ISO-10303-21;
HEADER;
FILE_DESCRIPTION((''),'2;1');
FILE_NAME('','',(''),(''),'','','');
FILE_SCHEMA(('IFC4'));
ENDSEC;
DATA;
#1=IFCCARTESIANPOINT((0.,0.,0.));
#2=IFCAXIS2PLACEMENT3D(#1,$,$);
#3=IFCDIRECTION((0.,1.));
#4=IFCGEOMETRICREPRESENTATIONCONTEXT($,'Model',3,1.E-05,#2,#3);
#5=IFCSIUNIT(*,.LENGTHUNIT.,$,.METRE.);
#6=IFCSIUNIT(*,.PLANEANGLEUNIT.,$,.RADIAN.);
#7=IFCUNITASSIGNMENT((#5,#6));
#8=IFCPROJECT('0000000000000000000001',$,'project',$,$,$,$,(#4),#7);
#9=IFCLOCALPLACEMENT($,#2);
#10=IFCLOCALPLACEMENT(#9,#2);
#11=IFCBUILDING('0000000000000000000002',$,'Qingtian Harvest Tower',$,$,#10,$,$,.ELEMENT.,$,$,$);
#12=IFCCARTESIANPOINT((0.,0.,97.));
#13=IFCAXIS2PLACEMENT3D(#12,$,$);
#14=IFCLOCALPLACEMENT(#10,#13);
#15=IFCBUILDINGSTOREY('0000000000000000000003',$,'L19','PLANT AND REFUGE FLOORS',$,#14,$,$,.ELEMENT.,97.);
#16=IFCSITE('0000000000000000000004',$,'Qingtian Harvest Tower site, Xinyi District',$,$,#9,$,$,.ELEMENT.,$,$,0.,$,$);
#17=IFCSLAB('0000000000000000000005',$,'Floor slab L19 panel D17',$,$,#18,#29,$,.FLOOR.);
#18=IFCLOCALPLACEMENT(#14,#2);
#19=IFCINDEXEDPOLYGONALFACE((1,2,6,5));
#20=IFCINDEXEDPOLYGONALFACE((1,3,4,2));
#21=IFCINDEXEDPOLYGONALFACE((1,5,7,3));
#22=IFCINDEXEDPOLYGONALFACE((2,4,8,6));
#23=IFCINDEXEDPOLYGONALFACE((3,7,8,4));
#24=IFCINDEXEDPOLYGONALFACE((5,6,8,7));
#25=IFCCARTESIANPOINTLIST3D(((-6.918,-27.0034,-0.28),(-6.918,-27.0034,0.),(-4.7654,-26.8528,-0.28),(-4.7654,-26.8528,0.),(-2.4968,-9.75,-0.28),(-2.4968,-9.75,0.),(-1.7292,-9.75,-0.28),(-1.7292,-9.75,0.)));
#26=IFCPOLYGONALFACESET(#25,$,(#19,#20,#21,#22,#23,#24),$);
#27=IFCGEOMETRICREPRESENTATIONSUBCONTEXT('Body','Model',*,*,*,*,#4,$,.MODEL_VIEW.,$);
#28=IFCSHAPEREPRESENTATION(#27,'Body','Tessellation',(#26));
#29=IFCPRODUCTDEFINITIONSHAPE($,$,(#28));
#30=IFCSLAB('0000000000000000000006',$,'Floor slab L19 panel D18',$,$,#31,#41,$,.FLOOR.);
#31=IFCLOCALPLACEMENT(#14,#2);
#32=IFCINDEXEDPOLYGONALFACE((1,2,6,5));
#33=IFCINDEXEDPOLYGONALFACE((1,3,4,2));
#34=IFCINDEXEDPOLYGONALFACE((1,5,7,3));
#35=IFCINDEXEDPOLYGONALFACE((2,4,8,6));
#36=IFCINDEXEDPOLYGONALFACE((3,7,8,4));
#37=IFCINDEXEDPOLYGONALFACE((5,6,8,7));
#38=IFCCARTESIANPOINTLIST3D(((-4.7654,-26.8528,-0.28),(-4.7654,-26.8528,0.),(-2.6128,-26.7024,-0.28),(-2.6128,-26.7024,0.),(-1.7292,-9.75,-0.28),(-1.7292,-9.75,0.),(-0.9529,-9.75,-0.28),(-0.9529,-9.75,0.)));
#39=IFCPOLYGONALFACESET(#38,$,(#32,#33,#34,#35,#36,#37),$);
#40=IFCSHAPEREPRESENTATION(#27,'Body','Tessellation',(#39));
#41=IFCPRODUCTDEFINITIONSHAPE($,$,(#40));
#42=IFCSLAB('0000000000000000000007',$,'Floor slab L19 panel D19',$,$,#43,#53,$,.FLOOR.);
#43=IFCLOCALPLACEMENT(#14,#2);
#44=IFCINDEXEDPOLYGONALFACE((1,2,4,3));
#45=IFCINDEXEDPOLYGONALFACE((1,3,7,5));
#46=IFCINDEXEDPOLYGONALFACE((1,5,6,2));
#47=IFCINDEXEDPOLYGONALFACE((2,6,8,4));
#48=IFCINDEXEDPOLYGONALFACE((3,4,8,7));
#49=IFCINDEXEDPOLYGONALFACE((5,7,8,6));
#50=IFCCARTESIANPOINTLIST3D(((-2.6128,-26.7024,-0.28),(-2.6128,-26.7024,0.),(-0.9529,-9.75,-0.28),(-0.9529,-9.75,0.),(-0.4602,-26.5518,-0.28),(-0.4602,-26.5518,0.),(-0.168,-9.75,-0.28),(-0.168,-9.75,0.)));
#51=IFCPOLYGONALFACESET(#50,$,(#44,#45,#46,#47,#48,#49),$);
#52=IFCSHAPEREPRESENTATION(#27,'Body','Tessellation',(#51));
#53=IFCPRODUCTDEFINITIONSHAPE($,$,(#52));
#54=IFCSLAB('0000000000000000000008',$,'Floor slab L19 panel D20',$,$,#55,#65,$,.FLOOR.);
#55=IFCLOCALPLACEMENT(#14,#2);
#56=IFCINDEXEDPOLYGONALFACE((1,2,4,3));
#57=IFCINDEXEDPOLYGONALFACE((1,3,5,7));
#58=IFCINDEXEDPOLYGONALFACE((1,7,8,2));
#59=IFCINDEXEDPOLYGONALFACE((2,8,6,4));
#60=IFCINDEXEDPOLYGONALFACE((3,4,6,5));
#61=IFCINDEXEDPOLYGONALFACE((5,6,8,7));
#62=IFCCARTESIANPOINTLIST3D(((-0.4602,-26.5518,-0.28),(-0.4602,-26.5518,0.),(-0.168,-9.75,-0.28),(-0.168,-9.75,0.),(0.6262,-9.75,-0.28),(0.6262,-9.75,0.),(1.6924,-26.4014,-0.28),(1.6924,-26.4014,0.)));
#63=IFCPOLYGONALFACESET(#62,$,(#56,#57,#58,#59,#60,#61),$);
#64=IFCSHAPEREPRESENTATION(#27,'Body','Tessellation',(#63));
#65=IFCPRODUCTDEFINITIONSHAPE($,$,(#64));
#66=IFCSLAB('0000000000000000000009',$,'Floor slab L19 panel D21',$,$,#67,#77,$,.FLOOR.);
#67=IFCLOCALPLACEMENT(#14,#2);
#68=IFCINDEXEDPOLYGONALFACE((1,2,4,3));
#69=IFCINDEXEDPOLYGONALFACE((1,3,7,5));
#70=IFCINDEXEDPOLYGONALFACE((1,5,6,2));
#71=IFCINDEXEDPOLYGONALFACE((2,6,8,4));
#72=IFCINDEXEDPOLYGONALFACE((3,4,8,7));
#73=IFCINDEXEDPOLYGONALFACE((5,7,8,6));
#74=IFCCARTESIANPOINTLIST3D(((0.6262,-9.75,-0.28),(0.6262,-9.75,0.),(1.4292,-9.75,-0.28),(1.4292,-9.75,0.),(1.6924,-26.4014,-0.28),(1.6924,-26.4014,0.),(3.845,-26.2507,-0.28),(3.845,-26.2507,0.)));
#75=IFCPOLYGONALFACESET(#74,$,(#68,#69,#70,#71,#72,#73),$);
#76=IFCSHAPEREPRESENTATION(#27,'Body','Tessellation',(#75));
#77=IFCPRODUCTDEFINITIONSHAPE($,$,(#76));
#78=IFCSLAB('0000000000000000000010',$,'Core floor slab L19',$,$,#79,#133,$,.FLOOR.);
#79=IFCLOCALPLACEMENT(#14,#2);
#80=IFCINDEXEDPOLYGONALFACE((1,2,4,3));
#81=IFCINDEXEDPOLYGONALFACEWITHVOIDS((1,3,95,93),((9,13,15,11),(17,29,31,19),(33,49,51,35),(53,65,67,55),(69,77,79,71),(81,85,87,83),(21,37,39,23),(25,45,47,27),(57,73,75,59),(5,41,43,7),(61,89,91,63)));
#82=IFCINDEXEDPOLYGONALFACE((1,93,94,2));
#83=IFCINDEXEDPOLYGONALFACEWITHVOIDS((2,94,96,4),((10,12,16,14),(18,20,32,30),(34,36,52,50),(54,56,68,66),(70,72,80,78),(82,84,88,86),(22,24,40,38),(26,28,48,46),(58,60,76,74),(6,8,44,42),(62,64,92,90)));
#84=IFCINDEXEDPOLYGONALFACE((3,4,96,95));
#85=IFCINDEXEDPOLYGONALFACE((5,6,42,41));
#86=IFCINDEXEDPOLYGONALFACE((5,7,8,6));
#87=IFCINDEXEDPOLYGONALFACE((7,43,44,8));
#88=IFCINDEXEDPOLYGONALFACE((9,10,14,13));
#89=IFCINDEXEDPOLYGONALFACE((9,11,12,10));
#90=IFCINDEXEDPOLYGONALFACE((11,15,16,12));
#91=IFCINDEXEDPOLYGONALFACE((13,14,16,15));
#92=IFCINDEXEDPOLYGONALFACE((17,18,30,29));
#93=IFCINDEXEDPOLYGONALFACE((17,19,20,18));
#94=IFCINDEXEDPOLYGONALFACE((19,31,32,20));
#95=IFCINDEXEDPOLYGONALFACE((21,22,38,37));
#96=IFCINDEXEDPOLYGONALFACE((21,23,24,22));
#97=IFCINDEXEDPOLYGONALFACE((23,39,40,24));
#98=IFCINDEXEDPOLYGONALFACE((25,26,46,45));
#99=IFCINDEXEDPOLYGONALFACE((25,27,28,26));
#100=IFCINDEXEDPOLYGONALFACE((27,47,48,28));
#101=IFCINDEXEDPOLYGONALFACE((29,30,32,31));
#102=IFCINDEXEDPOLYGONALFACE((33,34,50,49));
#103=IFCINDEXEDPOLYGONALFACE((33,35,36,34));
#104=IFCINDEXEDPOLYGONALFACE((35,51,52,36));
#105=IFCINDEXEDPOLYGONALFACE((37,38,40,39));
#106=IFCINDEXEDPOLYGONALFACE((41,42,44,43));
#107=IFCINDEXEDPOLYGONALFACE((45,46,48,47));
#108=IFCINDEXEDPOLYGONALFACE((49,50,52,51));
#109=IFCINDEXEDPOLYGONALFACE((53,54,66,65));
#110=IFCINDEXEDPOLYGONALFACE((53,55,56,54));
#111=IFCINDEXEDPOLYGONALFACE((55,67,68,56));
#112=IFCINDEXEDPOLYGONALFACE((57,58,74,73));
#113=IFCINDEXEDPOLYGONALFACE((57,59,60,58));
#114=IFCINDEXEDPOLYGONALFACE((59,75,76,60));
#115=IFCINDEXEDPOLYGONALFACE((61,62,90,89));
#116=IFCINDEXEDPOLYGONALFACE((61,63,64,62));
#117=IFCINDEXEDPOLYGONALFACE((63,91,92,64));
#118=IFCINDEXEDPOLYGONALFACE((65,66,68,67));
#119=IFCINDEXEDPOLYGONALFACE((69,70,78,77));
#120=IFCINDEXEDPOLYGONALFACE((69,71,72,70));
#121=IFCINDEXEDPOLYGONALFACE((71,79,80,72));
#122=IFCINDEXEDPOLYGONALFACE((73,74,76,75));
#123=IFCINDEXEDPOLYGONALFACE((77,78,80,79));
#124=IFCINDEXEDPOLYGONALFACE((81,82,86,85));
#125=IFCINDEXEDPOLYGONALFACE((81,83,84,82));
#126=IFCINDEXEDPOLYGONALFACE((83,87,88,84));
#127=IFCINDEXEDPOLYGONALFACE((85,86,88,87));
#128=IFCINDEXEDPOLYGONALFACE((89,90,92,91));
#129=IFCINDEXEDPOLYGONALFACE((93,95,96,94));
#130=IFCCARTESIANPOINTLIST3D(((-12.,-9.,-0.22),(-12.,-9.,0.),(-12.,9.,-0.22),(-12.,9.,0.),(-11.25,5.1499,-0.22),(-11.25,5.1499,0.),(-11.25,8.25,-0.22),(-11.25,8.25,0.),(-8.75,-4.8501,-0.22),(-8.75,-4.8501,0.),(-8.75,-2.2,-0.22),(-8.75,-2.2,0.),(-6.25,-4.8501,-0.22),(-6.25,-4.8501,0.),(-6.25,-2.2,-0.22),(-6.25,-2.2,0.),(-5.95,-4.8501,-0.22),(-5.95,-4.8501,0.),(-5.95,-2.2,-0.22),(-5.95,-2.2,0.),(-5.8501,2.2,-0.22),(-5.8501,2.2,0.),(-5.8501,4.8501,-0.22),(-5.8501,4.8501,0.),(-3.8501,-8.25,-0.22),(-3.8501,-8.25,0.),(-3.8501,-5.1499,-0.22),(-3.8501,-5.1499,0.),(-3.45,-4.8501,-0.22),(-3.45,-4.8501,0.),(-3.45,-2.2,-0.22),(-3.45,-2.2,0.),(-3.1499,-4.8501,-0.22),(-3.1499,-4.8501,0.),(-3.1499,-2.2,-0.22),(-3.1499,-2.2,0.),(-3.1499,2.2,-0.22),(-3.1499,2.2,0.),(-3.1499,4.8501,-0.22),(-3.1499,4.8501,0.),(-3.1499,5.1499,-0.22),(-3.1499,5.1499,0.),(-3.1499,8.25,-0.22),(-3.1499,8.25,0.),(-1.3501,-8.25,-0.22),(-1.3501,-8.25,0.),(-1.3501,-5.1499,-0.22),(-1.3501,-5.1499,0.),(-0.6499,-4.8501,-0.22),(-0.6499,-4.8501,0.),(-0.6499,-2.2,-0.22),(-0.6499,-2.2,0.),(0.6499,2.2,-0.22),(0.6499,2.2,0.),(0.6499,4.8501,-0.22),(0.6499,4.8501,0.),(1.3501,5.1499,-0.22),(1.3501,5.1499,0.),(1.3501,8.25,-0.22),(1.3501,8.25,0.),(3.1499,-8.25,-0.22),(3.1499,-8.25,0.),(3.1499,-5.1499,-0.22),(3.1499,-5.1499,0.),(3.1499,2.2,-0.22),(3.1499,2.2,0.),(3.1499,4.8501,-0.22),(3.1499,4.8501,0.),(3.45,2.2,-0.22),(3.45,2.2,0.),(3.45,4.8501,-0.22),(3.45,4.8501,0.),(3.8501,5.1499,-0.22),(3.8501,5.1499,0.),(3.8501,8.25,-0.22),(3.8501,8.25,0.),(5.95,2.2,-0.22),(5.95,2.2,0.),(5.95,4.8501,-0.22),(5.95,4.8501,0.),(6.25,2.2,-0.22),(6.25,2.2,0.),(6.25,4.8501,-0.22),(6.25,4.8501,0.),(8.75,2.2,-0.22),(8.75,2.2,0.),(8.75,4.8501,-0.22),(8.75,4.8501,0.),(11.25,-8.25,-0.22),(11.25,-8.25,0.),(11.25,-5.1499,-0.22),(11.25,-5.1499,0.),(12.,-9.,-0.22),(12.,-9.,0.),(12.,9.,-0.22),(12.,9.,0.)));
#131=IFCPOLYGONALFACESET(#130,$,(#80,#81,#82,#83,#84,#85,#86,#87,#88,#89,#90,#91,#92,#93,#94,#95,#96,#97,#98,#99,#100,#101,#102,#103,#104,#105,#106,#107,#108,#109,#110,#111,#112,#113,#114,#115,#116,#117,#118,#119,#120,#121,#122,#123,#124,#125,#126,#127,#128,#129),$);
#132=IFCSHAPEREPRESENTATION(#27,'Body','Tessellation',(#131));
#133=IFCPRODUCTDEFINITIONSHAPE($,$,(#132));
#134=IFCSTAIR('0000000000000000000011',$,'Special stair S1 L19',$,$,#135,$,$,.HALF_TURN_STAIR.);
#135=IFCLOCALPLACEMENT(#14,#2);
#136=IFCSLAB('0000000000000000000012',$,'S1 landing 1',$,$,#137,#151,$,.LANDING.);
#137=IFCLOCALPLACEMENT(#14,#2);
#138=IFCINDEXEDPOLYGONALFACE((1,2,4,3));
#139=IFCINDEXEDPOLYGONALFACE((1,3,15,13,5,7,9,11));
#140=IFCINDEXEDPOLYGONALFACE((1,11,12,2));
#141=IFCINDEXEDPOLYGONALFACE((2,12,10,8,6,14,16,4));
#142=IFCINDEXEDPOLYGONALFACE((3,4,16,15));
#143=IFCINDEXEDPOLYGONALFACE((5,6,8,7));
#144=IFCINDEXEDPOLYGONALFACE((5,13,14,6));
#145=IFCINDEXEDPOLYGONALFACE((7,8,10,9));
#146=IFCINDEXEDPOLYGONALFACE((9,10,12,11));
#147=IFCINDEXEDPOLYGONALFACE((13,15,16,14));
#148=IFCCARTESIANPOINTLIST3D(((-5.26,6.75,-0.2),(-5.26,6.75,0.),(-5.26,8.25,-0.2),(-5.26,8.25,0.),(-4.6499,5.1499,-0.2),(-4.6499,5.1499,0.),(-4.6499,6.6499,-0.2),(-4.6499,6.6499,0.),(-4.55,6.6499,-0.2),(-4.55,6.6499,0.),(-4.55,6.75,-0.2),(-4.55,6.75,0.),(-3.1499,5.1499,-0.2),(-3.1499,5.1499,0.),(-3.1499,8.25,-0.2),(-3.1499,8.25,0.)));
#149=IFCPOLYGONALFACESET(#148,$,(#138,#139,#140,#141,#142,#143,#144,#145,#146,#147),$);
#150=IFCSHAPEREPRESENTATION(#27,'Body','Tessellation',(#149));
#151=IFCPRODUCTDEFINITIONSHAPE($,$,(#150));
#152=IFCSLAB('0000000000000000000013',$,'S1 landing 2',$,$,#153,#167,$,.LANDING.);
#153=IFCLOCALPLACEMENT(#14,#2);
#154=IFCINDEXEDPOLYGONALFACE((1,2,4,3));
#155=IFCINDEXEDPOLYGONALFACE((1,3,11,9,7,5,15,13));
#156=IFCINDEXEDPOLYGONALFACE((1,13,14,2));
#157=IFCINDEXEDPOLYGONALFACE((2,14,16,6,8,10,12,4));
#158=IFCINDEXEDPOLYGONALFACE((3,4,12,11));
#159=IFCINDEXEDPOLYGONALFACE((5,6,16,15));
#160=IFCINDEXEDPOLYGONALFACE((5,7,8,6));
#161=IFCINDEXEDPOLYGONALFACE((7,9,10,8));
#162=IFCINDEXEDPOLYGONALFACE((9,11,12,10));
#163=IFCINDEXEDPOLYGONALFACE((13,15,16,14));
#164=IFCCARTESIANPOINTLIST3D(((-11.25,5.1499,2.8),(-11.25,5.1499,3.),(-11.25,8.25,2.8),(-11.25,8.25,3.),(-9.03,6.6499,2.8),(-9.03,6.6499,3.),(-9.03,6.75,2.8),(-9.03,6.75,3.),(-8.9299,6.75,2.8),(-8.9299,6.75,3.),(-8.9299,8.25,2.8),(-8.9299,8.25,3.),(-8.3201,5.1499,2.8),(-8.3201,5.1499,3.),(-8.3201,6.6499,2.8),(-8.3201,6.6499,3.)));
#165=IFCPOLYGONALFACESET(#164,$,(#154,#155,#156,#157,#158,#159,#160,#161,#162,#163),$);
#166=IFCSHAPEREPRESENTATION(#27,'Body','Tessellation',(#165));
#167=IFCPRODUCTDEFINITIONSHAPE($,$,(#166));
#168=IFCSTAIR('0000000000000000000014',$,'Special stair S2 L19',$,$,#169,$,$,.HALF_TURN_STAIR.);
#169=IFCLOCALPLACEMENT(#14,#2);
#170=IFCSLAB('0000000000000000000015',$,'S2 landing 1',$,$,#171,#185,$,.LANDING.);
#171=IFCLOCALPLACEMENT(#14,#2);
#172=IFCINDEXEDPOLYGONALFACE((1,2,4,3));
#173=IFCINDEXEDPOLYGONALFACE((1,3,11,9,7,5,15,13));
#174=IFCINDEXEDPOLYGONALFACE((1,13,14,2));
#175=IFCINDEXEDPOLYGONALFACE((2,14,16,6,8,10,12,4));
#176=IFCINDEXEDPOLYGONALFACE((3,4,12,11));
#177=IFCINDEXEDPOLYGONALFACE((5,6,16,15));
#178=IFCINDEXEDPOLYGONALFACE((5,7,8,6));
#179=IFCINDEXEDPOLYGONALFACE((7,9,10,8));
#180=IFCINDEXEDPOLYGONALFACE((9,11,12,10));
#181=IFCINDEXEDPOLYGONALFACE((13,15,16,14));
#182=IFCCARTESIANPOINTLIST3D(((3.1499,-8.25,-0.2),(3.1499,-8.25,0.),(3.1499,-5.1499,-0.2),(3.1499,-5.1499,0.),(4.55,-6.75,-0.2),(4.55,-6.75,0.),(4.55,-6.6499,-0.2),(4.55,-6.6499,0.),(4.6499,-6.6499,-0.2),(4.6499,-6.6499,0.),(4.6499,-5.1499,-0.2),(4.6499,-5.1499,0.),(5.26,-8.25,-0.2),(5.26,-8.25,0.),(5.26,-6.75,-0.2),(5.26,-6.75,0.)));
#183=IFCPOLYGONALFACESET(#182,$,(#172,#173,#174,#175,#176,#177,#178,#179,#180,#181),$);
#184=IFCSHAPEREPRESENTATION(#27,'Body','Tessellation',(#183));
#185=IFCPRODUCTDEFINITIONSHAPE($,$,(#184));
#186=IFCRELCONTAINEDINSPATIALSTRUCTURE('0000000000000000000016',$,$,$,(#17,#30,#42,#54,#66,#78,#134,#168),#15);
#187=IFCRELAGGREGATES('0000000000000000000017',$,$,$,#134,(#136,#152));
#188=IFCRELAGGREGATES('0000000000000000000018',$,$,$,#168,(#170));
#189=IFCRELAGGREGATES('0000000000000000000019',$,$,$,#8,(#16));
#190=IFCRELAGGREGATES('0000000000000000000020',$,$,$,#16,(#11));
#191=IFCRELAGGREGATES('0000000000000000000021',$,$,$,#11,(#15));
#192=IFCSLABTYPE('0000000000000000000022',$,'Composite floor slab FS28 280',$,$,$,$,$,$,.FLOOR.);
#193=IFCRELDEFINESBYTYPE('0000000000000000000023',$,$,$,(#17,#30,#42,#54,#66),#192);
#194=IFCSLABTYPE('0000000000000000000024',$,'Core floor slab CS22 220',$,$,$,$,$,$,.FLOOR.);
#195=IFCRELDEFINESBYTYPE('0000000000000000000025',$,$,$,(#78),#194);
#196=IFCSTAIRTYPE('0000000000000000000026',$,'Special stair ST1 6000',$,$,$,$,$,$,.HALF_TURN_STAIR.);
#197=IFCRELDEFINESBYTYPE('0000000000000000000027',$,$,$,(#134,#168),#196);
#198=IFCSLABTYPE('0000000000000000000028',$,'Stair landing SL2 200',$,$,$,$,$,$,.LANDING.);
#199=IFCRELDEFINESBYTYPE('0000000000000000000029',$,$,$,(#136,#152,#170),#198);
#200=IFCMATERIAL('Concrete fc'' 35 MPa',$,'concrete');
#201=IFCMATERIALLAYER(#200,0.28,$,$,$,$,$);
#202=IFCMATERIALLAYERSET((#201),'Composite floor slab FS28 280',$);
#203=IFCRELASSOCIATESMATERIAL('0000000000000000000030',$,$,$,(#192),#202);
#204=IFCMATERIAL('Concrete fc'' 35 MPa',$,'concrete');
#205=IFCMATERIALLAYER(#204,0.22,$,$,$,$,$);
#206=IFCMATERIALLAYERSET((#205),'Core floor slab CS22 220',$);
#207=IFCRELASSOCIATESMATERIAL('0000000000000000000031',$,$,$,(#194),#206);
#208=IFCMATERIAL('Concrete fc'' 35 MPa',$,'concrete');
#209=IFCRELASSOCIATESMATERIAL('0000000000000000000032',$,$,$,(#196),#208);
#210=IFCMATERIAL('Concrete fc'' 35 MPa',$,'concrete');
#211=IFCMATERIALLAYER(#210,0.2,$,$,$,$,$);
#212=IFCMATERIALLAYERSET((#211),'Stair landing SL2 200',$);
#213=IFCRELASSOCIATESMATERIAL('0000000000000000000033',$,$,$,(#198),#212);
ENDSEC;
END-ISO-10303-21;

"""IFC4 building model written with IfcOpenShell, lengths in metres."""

from ifc_helpers import new_model, si_unit, direction, frame, origin, place, context, subcontext, project, spatial, polyline, outline, extrude, material, layer, layer_set, type_object, element, aggregate, save


model = new_model("IFC4")

# Units and contexts
model_context = context("Model", 3, precision=1e-05, world=origin(), true_north=direction((0.0, 1.0)))
body_context = subcontext(model_context, "Body", "Model", "MODEL_VIEW")
ifc_project = project(units=[si_unit("LENGTHUNIT", "METRE"), si_unit("PLANEANGLEUNIT", "RADIAN")], contexts=[model_context])

# Site, building, storey
site_placement = place(None, origin())
site = spatial("IfcSite", under=ifc_project, at=site_placement, Name="Qingtian Harvest Tower site, Xinyi District", CompositionType="ELEMENT", RefElevation=0.0)
building_placement = place(site_placement, origin())
building = spatial("IfcBuilding", under=site, at=building_placement, Name="Qingtian Harvest Tower", CompositionType="ELEMENT")
storey_placement = place(building_placement, frame((0.0, 0.0, 97.0)))
storey = spatial("IfcBuildingStorey", under=building, at=storey_placement, Name="L19", Description="PLANT AND REFUGE FLOORS", CompositionType="ELEMENT", Elevation=97.0)

# Slabs
ifc_material_1 = material(Name="Concrete fc' 35 MPa", Category="concrete")
ifc_layer_1 = layer(ifc_material_1, 0.28)
ifc_layer_set_1 = layer_set([ifc_layer_1], Name="Composite floor slab FS28 280")
slab_type_1 = type_object("IfcSlabType", Name="Composite floor slab FS28 280", PredefinedType="FLOOR", material=ifc_layer_set_1)
slab_1_placement = place(storey_placement, frame((0.0, 0.0, -0.28)))
element("IfcSlab", 1, at=slab_1_placement, inside=storey, type_object=slab_type_1, Name="Floor slab L19 panel D17", PredefinedType="FLOOR", context=body_context, shape_type="SweptSolid", body=[
    extrude(outline(polyline([(-1.7292, -9.75), (-4.7654, -26.8528), (-6.918, -27.0034), (-2.4968, -9.75), (-1.7292, -9.75)])), origin(), (0.0, 0.0, 1.0), 0.28),
])
slab_2_placement = place(storey_placement, frame((0.0, 0.0, -0.28)))
element("IfcSlab", 2, at=slab_2_placement, inside=storey, type_object=slab_type_1, Name="Floor slab L19 panel D18", PredefinedType="FLOOR", context=body_context, shape_type="SweptSolid", body=[
    extrude(outline(polyline([(-0.9529, -9.75), (-2.6128, -26.7024), (-4.7654, -26.8528), (-1.7292, -9.75), (-0.9529, -9.75)])), origin(), (0.0, 0.0, 1.0), 0.28),
])
slab_3_placement = place(storey_placement, frame((0.0, 0.0, -0.28)))
element("IfcSlab", 3, at=slab_3_placement, inside=storey, type_object=slab_type_1, Name="Floor slab L19 panel D19", PredefinedType="FLOOR", context=body_context, shape_type="SweptSolid", body=[
    extrude(outline(polyline([(-0.168, -9.75), (-0.4602, -26.5518), (-2.6128, -26.7024), (-0.9529, -9.75), (-0.168, -9.75)])), origin(), (0.0, 0.0, 1.0), 0.28),
])
slab_4_placement = place(storey_placement, frame((0.0, 0.0, -0.28)))
element("IfcSlab", 4, at=slab_4_placement, inside=storey, type_object=slab_type_1, Name="Floor slab L19 panel D20", PredefinedType="FLOOR", context=body_context, shape_type="SweptSolid", body=[
    extrude(outline(polyline([(0.6262, -9.75), (1.6924, -26.4014), (-0.4602, -26.5518), (-0.168, -9.75), (0.6262, -9.75)])), origin(), (0.0, 0.0, 1.0), 0.28),
])
slab_5_placement = place(storey_placement, frame((0.0, 0.0, -0.28)))
element("IfcSlab", 5, at=slab_5_placement, inside=storey, type_object=slab_type_1, Name="Floor slab L19 panel D21", PredefinedType="FLOOR", context=body_context, shape_type="SweptSolid", body=[
    extrude(outline(polyline([(1.4292, -9.75), (3.845, -26.2507), (1.6924, -26.4014), (0.6262, -9.75), (1.4292, -9.75)])), origin(), (0.0, 0.0, 1.0), 0.28),
])
ifc_material_2 = material(Name="Concrete fc' 35 MPa", Category="concrete")
ifc_layer_2 = layer(ifc_material_2, 0.22)
ifc_layer_set_2 = layer_set([ifc_layer_2], Name="Core floor slab CS22 220")
slab_type_2 = type_object("IfcSlabType", Name="Core floor slab CS22 220", PredefinedType="FLOOR", material=ifc_layer_set_2)
slab_6_placement = place(storey_placement, frame((0.0, 0.0, -0.22)))
element("IfcSlab", 6, at=slab_6_placement, inside=storey, type_object=slab_type_2, Name="Core floor slab L19", PredefinedType="FLOOR", context=body_context, shape_type="SweptSolid", body=[
    extrude(outline(polyline([(-12.0, -9.0), (12.0, -9.0), (12.0, 9.0), (-12.0, 9.0), (-12.0, -9.0)]), holes=[polyline([(-11.25, 5.1499), (-3.1499, 5.1499), (-3.1499, 8.25), (-11.25, 8.25), (-11.25, 5.1499)]), polyline([(3.1499, -8.25), (11.25, -8.25), (11.25, -5.1499), (3.1499, -5.1499), (3.1499, -8.25)]), polyline([(1.3501, 5.1499), (3.8501, 5.1499), (3.8501, 8.25), (1.3501, 8.25), (1.3501, 5.1499)]), polyline([(-3.8501, -8.25), (-1.3501, -8.25), (-1.3501, -5.1499), (-3.8501, -5.1499), (-3.8501, -8.25)]), polyline([(-5.8501, 2.2), (-3.1499, 2.2), (-3.1499, 4.8501), (-5.8501, 4.8501), (-5.8501, 2.2)]), polyline([(0.6499, 2.2), (3.1499, 2.2), (3.1499, 4.8501), (0.6499, 4.8501), (0.6499, 2.2)]), polyline([(3.45, 2.2), (5.95, 2.2), (5.95, 4.8501), (3.45, 4.8501), (3.45, 2.2)]), polyline([(6.25, 2.2), (8.75, 2.2), (8.75, 4.8501), (6.25, 4.8501), (6.25, 2.2)]), polyline([(-8.75, -4.8501), (-6.25, -4.8501), (-6.25, -2.2), (-8.75, -2.2), (-8.75, -4.8501)]), polyline([(-5.95, -4.8501), (-3.45, -4.8501), (-3.45, -2.2), (-5.95, -2.2), (-5.95, -4.8501)]), polyline([(-3.1499, -4.8501), (-0.6499, -4.8501), (-0.6499, -2.2), (-3.1499, -2.2), (-3.1499, -4.8501)])]), origin(), (0.0, 0.0, 1.0), 0.22),
])

# Stairs, slabs
ifc_material_3 = material(Name="Concrete fc' 35 MPa", Category="concrete")
stair_type = type_object("IfcStairType", Name="Special stair ST1 6000", PredefinedType="HALF_TURN_STAIR", material=ifc_material_3)
stair_1_placement = place(storey_placement, origin())
stair_1 = element("IfcStair", 7, at=stair_1_placement, inside=storey, type_object=stair_type, Name="Special stair S1 L19", PredefinedType="HALF_TURN_STAIR")
ifc_material_4 = material(Name="Concrete fc' 35 MPa", Category="concrete")
ifc_layer_3 = layer(ifc_material_4, 0.2)
ifc_layer_set_3 = layer_set([ifc_layer_3], Name="Stair landing SL2 200")
slab_type_3 = type_object("IfcSlabType", Name="Stair landing SL2 200", PredefinedType="LANDING", material=ifc_layer_set_3)
slab_7_placement = place(storey_placement, frame((0.0, 0.0, -0.2)))
slab_7 = element("IfcSlab", 8, at=slab_7_placement, type_object=slab_type_3, Name="S1 landing 1", PredefinedType="LANDING", context=body_context, shape_type="SweptSolid", body=[
    extrude(outline(polyline([(-4.6499, 5.1499), (-4.6499, 6.6499), (-4.55, 6.6499), (-4.55, 6.75), (-5.26, 6.75), (-5.26, 8.25), (-3.1499, 8.25), (-3.1499, 5.1499), (-4.6499, 5.1499)])), origin(), (0.0, 0.0, 1.0), 0.2),
])
slab_8_placement = place(storey_placement, frame((0.0, 0.0, 2.8)))
slab_8 = element("IfcSlab", 9, at=slab_8_placement, type_object=slab_type_3, Name="S1 landing 2", PredefinedType="LANDING", context=body_context, shape_type="SweptSolid", body=[
    extrude(outline(polyline([(-8.3201, 5.1499), (-11.25, 5.1499), (-11.25, 8.25), (-8.9299, 8.25), (-8.9299, 6.75), (-9.03, 6.75), (-9.03, 6.6499), (-8.3201, 6.6499), (-8.3201, 5.1499)])), origin(), (0.0, 0.0, 1.0), 0.2),
])
aggregate(stair_1, [slab_7, slab_8])
stair_2_placement = place(storey_placement, origin())
stair_2 = element("IfcStair", 10, at=stair_2_placement, inside=storey, type_object=stair_type, Name="Special stair S2 L19", PredefinedType="HALF_TURN_STAIR")
slab_9_placement = place(storey_placement, frame((0.0, 0.0, -0.2)))
slab_9 = element("IfcSlab", 11, at=slab_9_placement, type_object=slab_type_3, Name="S2 landing 1", PredefinedType="LANDING", context=body_context, shape_type="SweptSolid", body=[
    extrude(outline(polyline([(5.26, -8.25), (3.1499, -8.25), (3.1499, -5.1499), (4.6499, -5.1499), (4.6499, -6.6499), (4.55, -6.6499), (4.55, -6.75), (5.26, -6.75), (5.26, -8.25)])), origin(), (0.0, 0.0, 1.0), 0.2),
])
aggregate(stair_2, [slab_9])

save(model, "model.ifc")
